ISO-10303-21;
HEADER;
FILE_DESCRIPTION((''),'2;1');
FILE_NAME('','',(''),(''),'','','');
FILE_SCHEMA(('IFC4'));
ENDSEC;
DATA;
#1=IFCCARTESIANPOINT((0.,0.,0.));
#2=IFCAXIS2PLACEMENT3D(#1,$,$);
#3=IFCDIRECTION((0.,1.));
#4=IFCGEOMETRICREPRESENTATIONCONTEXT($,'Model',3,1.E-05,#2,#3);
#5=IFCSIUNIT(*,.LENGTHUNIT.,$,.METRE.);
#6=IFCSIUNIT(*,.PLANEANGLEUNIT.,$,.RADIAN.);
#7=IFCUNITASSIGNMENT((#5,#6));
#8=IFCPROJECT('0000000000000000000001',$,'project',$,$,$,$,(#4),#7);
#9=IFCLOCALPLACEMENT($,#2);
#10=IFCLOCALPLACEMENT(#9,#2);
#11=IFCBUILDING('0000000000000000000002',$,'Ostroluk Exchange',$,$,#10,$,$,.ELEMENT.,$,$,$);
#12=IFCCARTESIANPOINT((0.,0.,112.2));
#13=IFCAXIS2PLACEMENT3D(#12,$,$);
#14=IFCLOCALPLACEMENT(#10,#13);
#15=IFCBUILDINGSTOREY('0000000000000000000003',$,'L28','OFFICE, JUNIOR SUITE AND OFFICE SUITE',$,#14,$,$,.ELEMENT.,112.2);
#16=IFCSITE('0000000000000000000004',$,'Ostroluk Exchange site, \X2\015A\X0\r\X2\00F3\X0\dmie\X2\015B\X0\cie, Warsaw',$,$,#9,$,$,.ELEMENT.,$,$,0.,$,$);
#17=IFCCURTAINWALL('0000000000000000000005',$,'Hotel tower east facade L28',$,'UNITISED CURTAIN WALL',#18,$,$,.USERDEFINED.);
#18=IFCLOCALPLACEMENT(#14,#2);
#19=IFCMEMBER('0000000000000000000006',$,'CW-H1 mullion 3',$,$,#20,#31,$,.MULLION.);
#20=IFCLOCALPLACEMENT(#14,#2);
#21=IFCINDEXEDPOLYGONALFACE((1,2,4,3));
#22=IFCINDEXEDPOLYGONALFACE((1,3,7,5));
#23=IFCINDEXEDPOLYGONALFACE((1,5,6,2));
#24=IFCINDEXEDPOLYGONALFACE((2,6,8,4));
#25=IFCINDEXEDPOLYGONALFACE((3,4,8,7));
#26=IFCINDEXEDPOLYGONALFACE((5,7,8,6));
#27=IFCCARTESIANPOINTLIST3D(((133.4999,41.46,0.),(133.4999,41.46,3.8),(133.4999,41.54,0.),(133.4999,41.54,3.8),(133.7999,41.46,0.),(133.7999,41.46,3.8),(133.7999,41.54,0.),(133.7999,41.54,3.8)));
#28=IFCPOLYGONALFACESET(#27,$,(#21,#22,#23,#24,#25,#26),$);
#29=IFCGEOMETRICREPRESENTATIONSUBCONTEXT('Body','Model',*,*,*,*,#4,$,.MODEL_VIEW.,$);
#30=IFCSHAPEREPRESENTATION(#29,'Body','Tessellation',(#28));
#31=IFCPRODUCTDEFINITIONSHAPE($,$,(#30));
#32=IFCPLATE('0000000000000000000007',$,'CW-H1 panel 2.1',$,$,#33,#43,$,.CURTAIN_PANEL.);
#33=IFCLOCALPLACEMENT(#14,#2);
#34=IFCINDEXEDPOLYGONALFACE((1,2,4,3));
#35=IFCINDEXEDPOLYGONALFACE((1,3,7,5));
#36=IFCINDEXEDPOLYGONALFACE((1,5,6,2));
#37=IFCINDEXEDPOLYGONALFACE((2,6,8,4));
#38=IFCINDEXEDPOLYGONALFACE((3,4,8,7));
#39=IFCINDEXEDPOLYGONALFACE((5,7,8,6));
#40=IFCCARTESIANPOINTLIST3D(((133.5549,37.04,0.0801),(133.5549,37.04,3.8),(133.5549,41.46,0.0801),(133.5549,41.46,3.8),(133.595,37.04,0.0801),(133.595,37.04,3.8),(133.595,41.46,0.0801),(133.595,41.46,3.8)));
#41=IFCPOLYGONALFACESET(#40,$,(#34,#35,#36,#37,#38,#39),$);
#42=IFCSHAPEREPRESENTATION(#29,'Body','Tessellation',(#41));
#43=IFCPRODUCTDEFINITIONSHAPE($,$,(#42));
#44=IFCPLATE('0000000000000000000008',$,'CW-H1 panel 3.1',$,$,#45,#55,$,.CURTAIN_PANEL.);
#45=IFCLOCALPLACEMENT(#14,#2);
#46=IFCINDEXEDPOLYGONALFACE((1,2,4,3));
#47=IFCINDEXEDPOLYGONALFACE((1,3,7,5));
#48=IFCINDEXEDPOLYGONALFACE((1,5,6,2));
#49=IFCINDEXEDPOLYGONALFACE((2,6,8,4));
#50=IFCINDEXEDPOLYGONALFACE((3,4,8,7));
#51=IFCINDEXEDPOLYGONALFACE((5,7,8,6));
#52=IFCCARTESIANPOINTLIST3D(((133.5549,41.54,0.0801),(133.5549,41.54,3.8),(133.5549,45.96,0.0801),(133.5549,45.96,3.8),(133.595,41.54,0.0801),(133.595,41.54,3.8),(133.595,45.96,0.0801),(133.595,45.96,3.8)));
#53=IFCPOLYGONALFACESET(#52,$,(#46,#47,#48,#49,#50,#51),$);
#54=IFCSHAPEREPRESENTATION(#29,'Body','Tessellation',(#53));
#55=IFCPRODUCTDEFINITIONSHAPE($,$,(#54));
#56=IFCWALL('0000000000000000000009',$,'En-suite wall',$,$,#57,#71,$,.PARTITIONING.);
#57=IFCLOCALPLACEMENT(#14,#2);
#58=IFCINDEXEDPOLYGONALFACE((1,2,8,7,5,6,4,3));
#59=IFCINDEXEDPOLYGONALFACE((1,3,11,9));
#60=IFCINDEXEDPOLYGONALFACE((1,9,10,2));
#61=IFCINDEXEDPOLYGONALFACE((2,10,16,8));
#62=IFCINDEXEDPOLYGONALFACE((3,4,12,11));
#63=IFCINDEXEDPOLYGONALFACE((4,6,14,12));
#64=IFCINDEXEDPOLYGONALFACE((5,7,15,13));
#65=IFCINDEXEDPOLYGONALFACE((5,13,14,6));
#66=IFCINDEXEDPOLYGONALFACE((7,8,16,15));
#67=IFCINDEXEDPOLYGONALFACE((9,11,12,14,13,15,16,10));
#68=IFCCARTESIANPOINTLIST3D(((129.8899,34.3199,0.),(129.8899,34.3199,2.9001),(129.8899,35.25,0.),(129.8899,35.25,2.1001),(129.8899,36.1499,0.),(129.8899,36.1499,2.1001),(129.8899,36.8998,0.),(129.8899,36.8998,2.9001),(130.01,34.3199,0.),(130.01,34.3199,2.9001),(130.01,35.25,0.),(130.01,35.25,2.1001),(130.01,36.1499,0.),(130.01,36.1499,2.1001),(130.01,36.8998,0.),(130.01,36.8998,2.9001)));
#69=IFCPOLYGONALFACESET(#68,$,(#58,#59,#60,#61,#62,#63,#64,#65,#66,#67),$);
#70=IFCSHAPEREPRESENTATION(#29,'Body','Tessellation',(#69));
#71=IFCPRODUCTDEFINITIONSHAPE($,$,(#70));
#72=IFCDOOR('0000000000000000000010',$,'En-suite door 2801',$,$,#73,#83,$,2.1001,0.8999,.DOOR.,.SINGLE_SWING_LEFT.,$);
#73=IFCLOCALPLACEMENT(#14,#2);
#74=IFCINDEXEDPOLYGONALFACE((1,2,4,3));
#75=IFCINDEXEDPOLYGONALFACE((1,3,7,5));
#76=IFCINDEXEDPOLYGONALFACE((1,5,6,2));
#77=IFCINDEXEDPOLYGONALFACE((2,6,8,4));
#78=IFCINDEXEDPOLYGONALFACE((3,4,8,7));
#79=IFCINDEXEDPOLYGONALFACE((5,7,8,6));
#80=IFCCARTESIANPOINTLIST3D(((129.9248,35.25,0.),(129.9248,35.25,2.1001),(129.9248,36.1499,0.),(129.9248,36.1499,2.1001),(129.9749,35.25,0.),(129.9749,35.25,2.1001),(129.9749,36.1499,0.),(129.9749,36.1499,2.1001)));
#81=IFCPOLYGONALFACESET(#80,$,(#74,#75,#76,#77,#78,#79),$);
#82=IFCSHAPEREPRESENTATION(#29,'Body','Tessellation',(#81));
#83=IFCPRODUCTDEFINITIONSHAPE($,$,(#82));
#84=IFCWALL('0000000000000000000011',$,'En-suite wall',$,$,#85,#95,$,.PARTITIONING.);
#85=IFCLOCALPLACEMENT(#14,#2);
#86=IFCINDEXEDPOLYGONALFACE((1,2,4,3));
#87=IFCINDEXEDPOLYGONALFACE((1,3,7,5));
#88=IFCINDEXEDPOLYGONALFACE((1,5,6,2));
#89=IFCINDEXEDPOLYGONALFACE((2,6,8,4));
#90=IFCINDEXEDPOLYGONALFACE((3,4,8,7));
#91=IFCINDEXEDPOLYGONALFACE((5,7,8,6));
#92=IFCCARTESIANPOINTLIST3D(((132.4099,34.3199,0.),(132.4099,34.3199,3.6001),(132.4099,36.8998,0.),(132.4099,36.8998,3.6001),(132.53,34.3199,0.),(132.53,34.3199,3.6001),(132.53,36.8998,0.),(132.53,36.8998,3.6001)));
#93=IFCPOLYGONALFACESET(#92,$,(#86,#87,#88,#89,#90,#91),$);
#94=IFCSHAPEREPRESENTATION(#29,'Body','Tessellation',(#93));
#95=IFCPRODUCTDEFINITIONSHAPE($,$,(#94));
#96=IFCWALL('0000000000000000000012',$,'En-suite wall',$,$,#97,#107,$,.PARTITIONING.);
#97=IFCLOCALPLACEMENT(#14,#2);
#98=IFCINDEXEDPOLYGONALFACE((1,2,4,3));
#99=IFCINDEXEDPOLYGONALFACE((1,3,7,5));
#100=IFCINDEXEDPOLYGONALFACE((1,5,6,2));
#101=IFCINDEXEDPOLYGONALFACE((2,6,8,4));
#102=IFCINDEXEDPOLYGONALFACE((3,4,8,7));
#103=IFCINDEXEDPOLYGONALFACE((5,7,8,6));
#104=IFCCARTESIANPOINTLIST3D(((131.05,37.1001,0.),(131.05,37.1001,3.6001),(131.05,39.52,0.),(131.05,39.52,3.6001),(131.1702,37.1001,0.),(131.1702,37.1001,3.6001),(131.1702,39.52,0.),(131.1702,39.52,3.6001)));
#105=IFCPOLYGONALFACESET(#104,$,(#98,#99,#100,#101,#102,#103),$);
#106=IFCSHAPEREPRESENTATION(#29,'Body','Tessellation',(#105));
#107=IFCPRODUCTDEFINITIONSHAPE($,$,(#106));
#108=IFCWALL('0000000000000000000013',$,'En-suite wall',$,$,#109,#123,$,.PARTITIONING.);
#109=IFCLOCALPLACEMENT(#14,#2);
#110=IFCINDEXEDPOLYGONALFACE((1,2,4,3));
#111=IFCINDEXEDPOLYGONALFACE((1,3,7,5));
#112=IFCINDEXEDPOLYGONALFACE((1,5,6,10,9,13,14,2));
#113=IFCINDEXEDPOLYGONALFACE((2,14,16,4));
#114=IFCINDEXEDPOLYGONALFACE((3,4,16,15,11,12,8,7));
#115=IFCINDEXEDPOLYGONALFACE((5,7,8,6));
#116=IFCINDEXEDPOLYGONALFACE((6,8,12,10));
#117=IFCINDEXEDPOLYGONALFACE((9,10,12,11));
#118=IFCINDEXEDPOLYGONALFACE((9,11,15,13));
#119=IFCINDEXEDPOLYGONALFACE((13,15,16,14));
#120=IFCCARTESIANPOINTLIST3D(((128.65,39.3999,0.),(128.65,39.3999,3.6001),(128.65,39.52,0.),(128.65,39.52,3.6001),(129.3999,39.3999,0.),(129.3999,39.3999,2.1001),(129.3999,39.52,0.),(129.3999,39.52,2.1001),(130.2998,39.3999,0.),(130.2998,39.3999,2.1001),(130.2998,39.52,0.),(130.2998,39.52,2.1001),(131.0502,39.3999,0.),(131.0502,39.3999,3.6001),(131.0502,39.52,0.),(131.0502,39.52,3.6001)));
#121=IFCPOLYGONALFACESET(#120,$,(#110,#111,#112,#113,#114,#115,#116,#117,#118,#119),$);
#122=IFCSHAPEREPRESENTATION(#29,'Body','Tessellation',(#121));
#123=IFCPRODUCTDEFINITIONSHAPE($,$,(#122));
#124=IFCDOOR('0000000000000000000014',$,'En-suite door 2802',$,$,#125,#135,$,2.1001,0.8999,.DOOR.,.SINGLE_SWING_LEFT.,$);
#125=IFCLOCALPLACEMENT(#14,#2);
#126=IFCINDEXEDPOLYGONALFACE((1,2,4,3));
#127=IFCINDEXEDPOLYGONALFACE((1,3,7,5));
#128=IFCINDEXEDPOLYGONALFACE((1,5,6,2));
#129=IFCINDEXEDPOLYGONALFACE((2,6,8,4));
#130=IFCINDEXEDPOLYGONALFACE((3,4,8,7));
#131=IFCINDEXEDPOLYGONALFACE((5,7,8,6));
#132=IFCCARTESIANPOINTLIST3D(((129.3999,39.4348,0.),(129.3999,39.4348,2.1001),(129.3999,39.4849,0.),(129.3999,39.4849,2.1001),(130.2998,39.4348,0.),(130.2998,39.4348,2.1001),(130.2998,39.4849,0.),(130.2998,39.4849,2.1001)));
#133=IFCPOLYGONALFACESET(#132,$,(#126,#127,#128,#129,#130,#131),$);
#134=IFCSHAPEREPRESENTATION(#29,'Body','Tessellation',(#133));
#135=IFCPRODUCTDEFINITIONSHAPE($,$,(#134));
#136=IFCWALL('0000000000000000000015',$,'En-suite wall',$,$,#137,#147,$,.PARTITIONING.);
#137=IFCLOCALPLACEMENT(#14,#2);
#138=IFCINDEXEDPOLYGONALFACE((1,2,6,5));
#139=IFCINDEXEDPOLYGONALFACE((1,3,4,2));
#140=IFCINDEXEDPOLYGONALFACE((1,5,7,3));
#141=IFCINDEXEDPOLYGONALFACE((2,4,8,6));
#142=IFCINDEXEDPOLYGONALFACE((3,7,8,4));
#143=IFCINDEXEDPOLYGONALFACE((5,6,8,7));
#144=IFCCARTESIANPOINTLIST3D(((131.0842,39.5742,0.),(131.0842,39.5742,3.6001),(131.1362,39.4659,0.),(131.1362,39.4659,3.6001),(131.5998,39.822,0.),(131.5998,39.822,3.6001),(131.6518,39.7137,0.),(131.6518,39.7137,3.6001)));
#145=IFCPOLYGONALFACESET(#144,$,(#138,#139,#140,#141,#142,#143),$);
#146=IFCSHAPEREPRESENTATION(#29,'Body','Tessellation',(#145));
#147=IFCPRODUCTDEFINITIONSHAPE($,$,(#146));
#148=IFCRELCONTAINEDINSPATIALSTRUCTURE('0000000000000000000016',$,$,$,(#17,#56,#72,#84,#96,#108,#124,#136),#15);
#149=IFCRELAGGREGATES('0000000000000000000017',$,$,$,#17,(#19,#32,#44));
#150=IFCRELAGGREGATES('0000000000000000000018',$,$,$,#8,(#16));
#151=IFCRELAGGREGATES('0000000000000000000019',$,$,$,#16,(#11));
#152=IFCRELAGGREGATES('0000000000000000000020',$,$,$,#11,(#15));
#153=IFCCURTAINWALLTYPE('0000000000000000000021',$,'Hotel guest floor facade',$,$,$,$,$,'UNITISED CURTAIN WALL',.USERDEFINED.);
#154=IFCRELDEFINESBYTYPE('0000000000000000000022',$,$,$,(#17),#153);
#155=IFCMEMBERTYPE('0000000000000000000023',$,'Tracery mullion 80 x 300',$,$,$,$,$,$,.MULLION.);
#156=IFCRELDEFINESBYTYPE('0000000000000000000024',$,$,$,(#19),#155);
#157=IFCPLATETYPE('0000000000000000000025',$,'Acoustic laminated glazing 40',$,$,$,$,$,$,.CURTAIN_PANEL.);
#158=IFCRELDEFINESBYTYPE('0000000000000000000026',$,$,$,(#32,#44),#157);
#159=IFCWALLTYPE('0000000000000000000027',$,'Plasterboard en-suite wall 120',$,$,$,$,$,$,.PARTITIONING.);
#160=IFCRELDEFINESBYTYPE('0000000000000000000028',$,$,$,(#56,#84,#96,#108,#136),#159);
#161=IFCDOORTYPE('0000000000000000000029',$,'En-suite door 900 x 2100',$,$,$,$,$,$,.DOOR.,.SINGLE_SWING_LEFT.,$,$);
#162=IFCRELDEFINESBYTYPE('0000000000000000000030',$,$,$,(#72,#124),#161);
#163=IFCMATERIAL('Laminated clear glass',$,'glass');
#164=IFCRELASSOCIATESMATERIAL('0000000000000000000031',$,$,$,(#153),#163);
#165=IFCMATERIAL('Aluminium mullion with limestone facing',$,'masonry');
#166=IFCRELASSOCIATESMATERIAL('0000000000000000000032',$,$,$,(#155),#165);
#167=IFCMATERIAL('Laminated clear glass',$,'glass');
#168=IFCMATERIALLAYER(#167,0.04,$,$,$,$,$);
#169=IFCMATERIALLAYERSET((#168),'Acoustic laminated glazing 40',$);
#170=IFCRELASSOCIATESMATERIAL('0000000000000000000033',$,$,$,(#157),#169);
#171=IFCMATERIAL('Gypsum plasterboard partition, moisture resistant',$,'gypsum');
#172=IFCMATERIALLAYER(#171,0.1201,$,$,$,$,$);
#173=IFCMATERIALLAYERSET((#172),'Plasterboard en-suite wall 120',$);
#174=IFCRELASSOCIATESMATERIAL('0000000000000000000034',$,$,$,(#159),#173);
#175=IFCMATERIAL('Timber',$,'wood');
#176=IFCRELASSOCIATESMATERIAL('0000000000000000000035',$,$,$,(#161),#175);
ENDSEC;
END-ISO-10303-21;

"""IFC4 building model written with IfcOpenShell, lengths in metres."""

from ifc_helpers import new_model, si_unit, direction, frame, frame_2d, origin, origin_2d, place, context, subcontext, project, spatial, rectangle, extrude, material, layer, layer_set, material_profile, profile_set, type_object, element, fill, aggregate, save


model = new_model("IFC4")

# Units and contexts
model_context = context("Model", 3, precision=1e-05, world=origin(), true_north=direction((0.0, 1.0)))
body_context = subcontext(model_context, "Body", "Model", "MODEL_VIEW")
ifc_project = project(units=[si_unit("LENGTHUNIT", "METRE"), si_unit("PLANEANGLEUNIT", "RADIAN")], contexts=[model_context])

# Site, building, storey
site_placement = place(None, origin())
site = spatial("IfcSite", under=ifc_project, at=site_placement, Name="Ostroluk Exchange site, Śródmieście, Warsaw", CompositionType="ELEMENT", RefElevation=0.0)
building_placement = place(site_placement, origin())
building = spatial("IfcBuilding", under=site, at=building_placement, Name="Ostroluk Exchange", CompositionType="ELEMENT")
storey_placement = place(building_placement, frame((0.0, 0.0, 112.2)))
storey = spatial("IfcBuildingStorey", under=building, at=storey_placement, Name="L28", Description="OFFICE, JUNIOR SUITE AND OFFICE SUITE", CompositionType="ELEMENT", Elevation=112.2)

# Curtain wall, member, plates
ifc_material_1 = material(Name="Laminated clear glass", Category="glass")
curtain_wall_type = type_object("IfcCurtainWallType", Name="Hotel guest floor facade", ElementType="UNITISED CURTAIN WALL", PredefinedType="USERDEFINED", material=ifc_material_1)
curtain_wall_placement = place(storey_placement, origin())
curtain_wall = element("IfcCurtainWall", 1, at=curtain_wall_placement, inside=storey, type_object=curtain_wall_type, Name="Hotel tower east facade L28", ObjectType="UNITISED CURTAIN WALL", PredefinedType="USERDEFINED")
ifc_material_2 = material(Name="Aluminium mullion with limestone facing", Category="masonry")
ifc_material_profile_1 = material_profile(ifc_material_2, rectangle(XDim=0.3, YDim=0.0801, at=origin_2d()), Name="Tracery mullion 80 x 300")
ifc_profile_set_1 = profile_set([ifc_material_profile_1], Name="Aluminium mullion with limestone facing")
member_type_1 = type_object("IfcMemberType", Name="Tracery mullion 80 x 300", PredefinedType="MULLION", material=ifc_profile_set_1)
member_1_placement = place(storey_placement, frame((133.6499, 41.5, 0.0), z_axis=(0.0, 0.0, 1.0), x_axis=(-1.0, 0.0, 0.0)))
member_1 = element("IfcMember", 2, at=member_1_placement, type_object=member_type_1, Name="CW-H1 mullion 3", PredefinedType="MULLION", context=body_context, shape_type="SweptSolid", body=[
    extrude(rectangle(XDim=0.3, YDim=0.0801, at=origin_2d()), origin(), (0.0, 0.0, 1.0), 3.8),
])
ifc_material_3 = material(Name="Laminated clear glass", Category="glass")
ifc_layer_1 = layer(ifc_material_3, 0.04)
ifc_layer_set_1 = layer_set([ifc_layer_1], Name="Acoustic laminated glazing 40")
plate_type = type_object("IfcPlateType", Name="Acoustic laminated glazing 40", PredefinedType="CURTAIN_PANEL", material=ifc_layer_set_1)
plate_1_placement = place(storey_placement, frame((133.575, 39.25, 0.0801), z_axis=(0.0, 0.0, 1.0), x_axis=(0.0, 1.0, 0.0)))
plate_1 = element("IfcPlate", 3, at=plate_1_placement, type_object=plate_type, Name="CW-H1 panel 2.1", PredefinedType="CURTAIN_PANEL", context=body_context, shape_type="SweptSolid", body=[
    extrude(rectangle(XDim=4.4199, YDim=0.04, at=origin_2d()), origin(), (0.0, 0.0, 1.0), 3.72),
])
plate_2_placement = place(storey_placement, frame((133.575, 43.75, 0.0801), z_axis=(0.0, 0.0, 1.0), x_axis=(0.0, 1.0, 0.0)))
plate_2 = element("IfcPlate", 4, at=plate_2_placement, type_object=plate_type, Name="CW-H1 panel 3.1", PredefinedType="CURTAIN_PANEL", context=body_context, shape_type="SweptSolid", body=[
    extrude(rectangle(XDim=4.4199, YDim=0.04, at=origin_2d()), origin(), (0.0, 0.0, 1.0), 3.72),
])
aggregate(curtain_wall, [member_1, plate_1, plate_2])

# Wall, opening, door
ifc_material_4 = material(Name="Gypsum plasterboard partition, moisture resistant", Category="gypsum")
ifc_layer_2 = layer(ifc_material_4, 0.1201)
ifc_layer_set_2 = layer_set([ifc_layer_2], Name="Plasterboard en-suite wall 120")
wall_type_1 = type_object("IfcWallType", Name="Plasterboard en-suite wall 120", PredefinedType="PARTITIONING", material=ifc_layer_set_2)
wall_1_placement = place(storey_placement, frame((129.95, 36.8999, 0.0), z_axis=(0.0, 0.0, 1.0), x_axis=(0.0, -1.0, 0.0)))
wall_1 = element("IfcWall", 5, at=wall_1_placement, inside=storey, type_object=wall_type_1, Name="En-suite wall", PredefinedType="PARTITIONING", context=body_context, shape_type="SweptSolid", body=[
    extrude(rectangle(XDim=2.5798, YDim=0.1201, at=frame_2d((1.29, 0.0))), origin(), (0.0, 0.0, 1.0), 2.9001),
])
opening_1_placement = place(wall_1_placement, frame((0.75, 0.0, 0.0)))
opening_1 = element("IfcOpeningElement", 6, at=opening_1_placement, cuts=wall_1, PredefinedType="OPENING", context=body_context, shape_type="SweptSolid", body=[
    extrude(rectangle(XDim=0.8999, YDim=2.1001, at=frame_2d((0.45, 1.05))), frame((0.0, 0.0701, 0.0), z_axis=(0.0, -1.0, 0.0), x_axis=(1.0, 0.0, 0.0)), (0.0, 0.0, 1.0), 0.1401),
])
ifc_material_5 = material(Name="Timber", Category="wood")
door_type_1 = type_object("IfcDoorType", Name="En-suite door 900 x 2100", OperationType="SINGLE_SWING_LEFT", PredefinedType="DOOR", material=ifc_material_5)
door_1_placement = place(opening_1_placement, origin())
door_1 = element("IfcDoor", 7, at=door_1_placement, inside=storey, type_object=door_type_1, Name="En-suite door 2801", OperationType="SINGLE_SWING_LEFT", OverallHeight=2.1001, OverallWidth=0.8999, PredefinedType="DOOR", context=body_context, shape_type="SweptSolid", body=[
    extrude(rectangle(XDim=0.8999, YDim=2.1001, at=frame_2d((0.45, 1.05))), frame((0.0, 0.0249, 0.0), z_axis=(0.0, -1.0, 0.0), x_axis=(1.0, 0.0, 0.0)), (0.0, 0.0, 1.0), 0.05),
])
fill(opening_1, door_1)

# Walls
wall_2_placement = place(storey_placement, frame((132.47, 36.8999, 0.0), z_axis=(0.0, 0.0, 1.0), x_axis=(0.0, -1.0, 0.0)))
element("IfcWall", 8, at=wall_2_placement, inside=storey, type_object=wall_type_1, Name="En-suite wall", PredefinedType="PARTITIONING", context=body_context, shape_type="SweptSolid", body=[
    extrude(rectangle(XDim=2.5798, YDim=0.1201, at=frame_2d((1.29, 0.0))), origin(), (0.0, 0.0, 1.0), 3.6001),
])
wall_3_placement = place(storey_placement, frame((131.1101, 37.1001, 0.0), z_axis=(0.0, 0.0, 1.0), x_axis=(0.0, 1.0, 0.0)))
element("IfcWall", 9, at=wall_3_placement, inside=storey, type_object=wall_type_1, Name="En-suite wall", PredefinedType="PARTITIONING", context=body_context, shape_type="SweptSolid", body=[
    extrude(rectangle(XDim=2.4199, YDim=0.1201, at=frame_2d((1.21, 0.0))), origin(), (0.0, 0.0, 1.0), 3.6001),
])

# Wall, opening, door
wall_4_placement = place(storey_placement, frame((128.6499, 39.46, 0.0), z_axis=(0.0, 0.0, 1.0), x_axis=(1.0, 0.0, 0.0)))
wall_4 = element("IfcWall", 10, at=wall_4_placement, inside=storey, type_object=wall_type_1, Name="En-suite wall", PredefinedType="PARTITIONING", context=body_context, shape_type="SweptSolid", body=[
    extrude(rectangle(XDim=2.4001, YDim=0.1201, at=frame_2d((1.2002, 0.0))), origin(), (0.0, 0.0, 1.0), 3.6001),
])
opening_2_placement = place(wall_4_placement, frame((0.75, 0.0, 0.0)))
opening_2 = element("IfcOpeningElement", 11, at=opening_2_placement, cuts=wall_4, PredefinedType="OPENING", context=body_context, shape_type="SweptSolid", body=[
    extrude(rectangle(XDim=0.8999, YDim=2.1001, at=frame_2d((0.45, 1.05))), frame((0.0, 0.0701, 0.0), z_axis=(0.0, -1.0, 0.0), x_axis=(1.0, 0.0, 0.0)), (0.0, 0.0, 1.0), 0.1401),
])
door_2_placement = place(opening_2_placement, origin())
door_2 = element("IfcDoor", 12, at=door_2_placement, inside=storey, type_object=door_type_1, Name="En-suite door 2802", OperationType="SINGLE_SWING_LEFT", OverallHeight=2.1001, OverallWidth=0.8999, PredefinedType="DOOR", context=body_context, shape_type="SweptSolid", body=[
    extrude(rectangle(XDim=0.8999, YDim=2.1001, at=frame_2d((0.45, 1.05))), frame((0.0, 0.0249, 0.0), z_axis=(0.0, -1.0, 0.0), x_axis=(1.0, 0.0, 0.0)), (0.0, 0.0, 1.0), 0.05),
])
fill(opening_2, door_2)

# Wall
wall_5_placement = place(storey_placement, frame((131.1101, 39.52, 0.0), z_axis=(0.0, 0.0, 1.0), x_axis=(0.901317, 0.433161, 0.0)))
element("IfcWall", 13, at=wall_5_placement, inside=storey, type_object=wall_type_1, Name="En-suite wall", PredefinedType="PARTITIONING", context=body_context, shape_type="SweptSolid", body=[
    extrude(rectangle(XDim=0.572, YDim=0.1201, at=frame_2d((0.2861, 0.0))), origin(), (0.0, 0.0, 1.0), 3.6001),
])

save(model, "model.ifc")
